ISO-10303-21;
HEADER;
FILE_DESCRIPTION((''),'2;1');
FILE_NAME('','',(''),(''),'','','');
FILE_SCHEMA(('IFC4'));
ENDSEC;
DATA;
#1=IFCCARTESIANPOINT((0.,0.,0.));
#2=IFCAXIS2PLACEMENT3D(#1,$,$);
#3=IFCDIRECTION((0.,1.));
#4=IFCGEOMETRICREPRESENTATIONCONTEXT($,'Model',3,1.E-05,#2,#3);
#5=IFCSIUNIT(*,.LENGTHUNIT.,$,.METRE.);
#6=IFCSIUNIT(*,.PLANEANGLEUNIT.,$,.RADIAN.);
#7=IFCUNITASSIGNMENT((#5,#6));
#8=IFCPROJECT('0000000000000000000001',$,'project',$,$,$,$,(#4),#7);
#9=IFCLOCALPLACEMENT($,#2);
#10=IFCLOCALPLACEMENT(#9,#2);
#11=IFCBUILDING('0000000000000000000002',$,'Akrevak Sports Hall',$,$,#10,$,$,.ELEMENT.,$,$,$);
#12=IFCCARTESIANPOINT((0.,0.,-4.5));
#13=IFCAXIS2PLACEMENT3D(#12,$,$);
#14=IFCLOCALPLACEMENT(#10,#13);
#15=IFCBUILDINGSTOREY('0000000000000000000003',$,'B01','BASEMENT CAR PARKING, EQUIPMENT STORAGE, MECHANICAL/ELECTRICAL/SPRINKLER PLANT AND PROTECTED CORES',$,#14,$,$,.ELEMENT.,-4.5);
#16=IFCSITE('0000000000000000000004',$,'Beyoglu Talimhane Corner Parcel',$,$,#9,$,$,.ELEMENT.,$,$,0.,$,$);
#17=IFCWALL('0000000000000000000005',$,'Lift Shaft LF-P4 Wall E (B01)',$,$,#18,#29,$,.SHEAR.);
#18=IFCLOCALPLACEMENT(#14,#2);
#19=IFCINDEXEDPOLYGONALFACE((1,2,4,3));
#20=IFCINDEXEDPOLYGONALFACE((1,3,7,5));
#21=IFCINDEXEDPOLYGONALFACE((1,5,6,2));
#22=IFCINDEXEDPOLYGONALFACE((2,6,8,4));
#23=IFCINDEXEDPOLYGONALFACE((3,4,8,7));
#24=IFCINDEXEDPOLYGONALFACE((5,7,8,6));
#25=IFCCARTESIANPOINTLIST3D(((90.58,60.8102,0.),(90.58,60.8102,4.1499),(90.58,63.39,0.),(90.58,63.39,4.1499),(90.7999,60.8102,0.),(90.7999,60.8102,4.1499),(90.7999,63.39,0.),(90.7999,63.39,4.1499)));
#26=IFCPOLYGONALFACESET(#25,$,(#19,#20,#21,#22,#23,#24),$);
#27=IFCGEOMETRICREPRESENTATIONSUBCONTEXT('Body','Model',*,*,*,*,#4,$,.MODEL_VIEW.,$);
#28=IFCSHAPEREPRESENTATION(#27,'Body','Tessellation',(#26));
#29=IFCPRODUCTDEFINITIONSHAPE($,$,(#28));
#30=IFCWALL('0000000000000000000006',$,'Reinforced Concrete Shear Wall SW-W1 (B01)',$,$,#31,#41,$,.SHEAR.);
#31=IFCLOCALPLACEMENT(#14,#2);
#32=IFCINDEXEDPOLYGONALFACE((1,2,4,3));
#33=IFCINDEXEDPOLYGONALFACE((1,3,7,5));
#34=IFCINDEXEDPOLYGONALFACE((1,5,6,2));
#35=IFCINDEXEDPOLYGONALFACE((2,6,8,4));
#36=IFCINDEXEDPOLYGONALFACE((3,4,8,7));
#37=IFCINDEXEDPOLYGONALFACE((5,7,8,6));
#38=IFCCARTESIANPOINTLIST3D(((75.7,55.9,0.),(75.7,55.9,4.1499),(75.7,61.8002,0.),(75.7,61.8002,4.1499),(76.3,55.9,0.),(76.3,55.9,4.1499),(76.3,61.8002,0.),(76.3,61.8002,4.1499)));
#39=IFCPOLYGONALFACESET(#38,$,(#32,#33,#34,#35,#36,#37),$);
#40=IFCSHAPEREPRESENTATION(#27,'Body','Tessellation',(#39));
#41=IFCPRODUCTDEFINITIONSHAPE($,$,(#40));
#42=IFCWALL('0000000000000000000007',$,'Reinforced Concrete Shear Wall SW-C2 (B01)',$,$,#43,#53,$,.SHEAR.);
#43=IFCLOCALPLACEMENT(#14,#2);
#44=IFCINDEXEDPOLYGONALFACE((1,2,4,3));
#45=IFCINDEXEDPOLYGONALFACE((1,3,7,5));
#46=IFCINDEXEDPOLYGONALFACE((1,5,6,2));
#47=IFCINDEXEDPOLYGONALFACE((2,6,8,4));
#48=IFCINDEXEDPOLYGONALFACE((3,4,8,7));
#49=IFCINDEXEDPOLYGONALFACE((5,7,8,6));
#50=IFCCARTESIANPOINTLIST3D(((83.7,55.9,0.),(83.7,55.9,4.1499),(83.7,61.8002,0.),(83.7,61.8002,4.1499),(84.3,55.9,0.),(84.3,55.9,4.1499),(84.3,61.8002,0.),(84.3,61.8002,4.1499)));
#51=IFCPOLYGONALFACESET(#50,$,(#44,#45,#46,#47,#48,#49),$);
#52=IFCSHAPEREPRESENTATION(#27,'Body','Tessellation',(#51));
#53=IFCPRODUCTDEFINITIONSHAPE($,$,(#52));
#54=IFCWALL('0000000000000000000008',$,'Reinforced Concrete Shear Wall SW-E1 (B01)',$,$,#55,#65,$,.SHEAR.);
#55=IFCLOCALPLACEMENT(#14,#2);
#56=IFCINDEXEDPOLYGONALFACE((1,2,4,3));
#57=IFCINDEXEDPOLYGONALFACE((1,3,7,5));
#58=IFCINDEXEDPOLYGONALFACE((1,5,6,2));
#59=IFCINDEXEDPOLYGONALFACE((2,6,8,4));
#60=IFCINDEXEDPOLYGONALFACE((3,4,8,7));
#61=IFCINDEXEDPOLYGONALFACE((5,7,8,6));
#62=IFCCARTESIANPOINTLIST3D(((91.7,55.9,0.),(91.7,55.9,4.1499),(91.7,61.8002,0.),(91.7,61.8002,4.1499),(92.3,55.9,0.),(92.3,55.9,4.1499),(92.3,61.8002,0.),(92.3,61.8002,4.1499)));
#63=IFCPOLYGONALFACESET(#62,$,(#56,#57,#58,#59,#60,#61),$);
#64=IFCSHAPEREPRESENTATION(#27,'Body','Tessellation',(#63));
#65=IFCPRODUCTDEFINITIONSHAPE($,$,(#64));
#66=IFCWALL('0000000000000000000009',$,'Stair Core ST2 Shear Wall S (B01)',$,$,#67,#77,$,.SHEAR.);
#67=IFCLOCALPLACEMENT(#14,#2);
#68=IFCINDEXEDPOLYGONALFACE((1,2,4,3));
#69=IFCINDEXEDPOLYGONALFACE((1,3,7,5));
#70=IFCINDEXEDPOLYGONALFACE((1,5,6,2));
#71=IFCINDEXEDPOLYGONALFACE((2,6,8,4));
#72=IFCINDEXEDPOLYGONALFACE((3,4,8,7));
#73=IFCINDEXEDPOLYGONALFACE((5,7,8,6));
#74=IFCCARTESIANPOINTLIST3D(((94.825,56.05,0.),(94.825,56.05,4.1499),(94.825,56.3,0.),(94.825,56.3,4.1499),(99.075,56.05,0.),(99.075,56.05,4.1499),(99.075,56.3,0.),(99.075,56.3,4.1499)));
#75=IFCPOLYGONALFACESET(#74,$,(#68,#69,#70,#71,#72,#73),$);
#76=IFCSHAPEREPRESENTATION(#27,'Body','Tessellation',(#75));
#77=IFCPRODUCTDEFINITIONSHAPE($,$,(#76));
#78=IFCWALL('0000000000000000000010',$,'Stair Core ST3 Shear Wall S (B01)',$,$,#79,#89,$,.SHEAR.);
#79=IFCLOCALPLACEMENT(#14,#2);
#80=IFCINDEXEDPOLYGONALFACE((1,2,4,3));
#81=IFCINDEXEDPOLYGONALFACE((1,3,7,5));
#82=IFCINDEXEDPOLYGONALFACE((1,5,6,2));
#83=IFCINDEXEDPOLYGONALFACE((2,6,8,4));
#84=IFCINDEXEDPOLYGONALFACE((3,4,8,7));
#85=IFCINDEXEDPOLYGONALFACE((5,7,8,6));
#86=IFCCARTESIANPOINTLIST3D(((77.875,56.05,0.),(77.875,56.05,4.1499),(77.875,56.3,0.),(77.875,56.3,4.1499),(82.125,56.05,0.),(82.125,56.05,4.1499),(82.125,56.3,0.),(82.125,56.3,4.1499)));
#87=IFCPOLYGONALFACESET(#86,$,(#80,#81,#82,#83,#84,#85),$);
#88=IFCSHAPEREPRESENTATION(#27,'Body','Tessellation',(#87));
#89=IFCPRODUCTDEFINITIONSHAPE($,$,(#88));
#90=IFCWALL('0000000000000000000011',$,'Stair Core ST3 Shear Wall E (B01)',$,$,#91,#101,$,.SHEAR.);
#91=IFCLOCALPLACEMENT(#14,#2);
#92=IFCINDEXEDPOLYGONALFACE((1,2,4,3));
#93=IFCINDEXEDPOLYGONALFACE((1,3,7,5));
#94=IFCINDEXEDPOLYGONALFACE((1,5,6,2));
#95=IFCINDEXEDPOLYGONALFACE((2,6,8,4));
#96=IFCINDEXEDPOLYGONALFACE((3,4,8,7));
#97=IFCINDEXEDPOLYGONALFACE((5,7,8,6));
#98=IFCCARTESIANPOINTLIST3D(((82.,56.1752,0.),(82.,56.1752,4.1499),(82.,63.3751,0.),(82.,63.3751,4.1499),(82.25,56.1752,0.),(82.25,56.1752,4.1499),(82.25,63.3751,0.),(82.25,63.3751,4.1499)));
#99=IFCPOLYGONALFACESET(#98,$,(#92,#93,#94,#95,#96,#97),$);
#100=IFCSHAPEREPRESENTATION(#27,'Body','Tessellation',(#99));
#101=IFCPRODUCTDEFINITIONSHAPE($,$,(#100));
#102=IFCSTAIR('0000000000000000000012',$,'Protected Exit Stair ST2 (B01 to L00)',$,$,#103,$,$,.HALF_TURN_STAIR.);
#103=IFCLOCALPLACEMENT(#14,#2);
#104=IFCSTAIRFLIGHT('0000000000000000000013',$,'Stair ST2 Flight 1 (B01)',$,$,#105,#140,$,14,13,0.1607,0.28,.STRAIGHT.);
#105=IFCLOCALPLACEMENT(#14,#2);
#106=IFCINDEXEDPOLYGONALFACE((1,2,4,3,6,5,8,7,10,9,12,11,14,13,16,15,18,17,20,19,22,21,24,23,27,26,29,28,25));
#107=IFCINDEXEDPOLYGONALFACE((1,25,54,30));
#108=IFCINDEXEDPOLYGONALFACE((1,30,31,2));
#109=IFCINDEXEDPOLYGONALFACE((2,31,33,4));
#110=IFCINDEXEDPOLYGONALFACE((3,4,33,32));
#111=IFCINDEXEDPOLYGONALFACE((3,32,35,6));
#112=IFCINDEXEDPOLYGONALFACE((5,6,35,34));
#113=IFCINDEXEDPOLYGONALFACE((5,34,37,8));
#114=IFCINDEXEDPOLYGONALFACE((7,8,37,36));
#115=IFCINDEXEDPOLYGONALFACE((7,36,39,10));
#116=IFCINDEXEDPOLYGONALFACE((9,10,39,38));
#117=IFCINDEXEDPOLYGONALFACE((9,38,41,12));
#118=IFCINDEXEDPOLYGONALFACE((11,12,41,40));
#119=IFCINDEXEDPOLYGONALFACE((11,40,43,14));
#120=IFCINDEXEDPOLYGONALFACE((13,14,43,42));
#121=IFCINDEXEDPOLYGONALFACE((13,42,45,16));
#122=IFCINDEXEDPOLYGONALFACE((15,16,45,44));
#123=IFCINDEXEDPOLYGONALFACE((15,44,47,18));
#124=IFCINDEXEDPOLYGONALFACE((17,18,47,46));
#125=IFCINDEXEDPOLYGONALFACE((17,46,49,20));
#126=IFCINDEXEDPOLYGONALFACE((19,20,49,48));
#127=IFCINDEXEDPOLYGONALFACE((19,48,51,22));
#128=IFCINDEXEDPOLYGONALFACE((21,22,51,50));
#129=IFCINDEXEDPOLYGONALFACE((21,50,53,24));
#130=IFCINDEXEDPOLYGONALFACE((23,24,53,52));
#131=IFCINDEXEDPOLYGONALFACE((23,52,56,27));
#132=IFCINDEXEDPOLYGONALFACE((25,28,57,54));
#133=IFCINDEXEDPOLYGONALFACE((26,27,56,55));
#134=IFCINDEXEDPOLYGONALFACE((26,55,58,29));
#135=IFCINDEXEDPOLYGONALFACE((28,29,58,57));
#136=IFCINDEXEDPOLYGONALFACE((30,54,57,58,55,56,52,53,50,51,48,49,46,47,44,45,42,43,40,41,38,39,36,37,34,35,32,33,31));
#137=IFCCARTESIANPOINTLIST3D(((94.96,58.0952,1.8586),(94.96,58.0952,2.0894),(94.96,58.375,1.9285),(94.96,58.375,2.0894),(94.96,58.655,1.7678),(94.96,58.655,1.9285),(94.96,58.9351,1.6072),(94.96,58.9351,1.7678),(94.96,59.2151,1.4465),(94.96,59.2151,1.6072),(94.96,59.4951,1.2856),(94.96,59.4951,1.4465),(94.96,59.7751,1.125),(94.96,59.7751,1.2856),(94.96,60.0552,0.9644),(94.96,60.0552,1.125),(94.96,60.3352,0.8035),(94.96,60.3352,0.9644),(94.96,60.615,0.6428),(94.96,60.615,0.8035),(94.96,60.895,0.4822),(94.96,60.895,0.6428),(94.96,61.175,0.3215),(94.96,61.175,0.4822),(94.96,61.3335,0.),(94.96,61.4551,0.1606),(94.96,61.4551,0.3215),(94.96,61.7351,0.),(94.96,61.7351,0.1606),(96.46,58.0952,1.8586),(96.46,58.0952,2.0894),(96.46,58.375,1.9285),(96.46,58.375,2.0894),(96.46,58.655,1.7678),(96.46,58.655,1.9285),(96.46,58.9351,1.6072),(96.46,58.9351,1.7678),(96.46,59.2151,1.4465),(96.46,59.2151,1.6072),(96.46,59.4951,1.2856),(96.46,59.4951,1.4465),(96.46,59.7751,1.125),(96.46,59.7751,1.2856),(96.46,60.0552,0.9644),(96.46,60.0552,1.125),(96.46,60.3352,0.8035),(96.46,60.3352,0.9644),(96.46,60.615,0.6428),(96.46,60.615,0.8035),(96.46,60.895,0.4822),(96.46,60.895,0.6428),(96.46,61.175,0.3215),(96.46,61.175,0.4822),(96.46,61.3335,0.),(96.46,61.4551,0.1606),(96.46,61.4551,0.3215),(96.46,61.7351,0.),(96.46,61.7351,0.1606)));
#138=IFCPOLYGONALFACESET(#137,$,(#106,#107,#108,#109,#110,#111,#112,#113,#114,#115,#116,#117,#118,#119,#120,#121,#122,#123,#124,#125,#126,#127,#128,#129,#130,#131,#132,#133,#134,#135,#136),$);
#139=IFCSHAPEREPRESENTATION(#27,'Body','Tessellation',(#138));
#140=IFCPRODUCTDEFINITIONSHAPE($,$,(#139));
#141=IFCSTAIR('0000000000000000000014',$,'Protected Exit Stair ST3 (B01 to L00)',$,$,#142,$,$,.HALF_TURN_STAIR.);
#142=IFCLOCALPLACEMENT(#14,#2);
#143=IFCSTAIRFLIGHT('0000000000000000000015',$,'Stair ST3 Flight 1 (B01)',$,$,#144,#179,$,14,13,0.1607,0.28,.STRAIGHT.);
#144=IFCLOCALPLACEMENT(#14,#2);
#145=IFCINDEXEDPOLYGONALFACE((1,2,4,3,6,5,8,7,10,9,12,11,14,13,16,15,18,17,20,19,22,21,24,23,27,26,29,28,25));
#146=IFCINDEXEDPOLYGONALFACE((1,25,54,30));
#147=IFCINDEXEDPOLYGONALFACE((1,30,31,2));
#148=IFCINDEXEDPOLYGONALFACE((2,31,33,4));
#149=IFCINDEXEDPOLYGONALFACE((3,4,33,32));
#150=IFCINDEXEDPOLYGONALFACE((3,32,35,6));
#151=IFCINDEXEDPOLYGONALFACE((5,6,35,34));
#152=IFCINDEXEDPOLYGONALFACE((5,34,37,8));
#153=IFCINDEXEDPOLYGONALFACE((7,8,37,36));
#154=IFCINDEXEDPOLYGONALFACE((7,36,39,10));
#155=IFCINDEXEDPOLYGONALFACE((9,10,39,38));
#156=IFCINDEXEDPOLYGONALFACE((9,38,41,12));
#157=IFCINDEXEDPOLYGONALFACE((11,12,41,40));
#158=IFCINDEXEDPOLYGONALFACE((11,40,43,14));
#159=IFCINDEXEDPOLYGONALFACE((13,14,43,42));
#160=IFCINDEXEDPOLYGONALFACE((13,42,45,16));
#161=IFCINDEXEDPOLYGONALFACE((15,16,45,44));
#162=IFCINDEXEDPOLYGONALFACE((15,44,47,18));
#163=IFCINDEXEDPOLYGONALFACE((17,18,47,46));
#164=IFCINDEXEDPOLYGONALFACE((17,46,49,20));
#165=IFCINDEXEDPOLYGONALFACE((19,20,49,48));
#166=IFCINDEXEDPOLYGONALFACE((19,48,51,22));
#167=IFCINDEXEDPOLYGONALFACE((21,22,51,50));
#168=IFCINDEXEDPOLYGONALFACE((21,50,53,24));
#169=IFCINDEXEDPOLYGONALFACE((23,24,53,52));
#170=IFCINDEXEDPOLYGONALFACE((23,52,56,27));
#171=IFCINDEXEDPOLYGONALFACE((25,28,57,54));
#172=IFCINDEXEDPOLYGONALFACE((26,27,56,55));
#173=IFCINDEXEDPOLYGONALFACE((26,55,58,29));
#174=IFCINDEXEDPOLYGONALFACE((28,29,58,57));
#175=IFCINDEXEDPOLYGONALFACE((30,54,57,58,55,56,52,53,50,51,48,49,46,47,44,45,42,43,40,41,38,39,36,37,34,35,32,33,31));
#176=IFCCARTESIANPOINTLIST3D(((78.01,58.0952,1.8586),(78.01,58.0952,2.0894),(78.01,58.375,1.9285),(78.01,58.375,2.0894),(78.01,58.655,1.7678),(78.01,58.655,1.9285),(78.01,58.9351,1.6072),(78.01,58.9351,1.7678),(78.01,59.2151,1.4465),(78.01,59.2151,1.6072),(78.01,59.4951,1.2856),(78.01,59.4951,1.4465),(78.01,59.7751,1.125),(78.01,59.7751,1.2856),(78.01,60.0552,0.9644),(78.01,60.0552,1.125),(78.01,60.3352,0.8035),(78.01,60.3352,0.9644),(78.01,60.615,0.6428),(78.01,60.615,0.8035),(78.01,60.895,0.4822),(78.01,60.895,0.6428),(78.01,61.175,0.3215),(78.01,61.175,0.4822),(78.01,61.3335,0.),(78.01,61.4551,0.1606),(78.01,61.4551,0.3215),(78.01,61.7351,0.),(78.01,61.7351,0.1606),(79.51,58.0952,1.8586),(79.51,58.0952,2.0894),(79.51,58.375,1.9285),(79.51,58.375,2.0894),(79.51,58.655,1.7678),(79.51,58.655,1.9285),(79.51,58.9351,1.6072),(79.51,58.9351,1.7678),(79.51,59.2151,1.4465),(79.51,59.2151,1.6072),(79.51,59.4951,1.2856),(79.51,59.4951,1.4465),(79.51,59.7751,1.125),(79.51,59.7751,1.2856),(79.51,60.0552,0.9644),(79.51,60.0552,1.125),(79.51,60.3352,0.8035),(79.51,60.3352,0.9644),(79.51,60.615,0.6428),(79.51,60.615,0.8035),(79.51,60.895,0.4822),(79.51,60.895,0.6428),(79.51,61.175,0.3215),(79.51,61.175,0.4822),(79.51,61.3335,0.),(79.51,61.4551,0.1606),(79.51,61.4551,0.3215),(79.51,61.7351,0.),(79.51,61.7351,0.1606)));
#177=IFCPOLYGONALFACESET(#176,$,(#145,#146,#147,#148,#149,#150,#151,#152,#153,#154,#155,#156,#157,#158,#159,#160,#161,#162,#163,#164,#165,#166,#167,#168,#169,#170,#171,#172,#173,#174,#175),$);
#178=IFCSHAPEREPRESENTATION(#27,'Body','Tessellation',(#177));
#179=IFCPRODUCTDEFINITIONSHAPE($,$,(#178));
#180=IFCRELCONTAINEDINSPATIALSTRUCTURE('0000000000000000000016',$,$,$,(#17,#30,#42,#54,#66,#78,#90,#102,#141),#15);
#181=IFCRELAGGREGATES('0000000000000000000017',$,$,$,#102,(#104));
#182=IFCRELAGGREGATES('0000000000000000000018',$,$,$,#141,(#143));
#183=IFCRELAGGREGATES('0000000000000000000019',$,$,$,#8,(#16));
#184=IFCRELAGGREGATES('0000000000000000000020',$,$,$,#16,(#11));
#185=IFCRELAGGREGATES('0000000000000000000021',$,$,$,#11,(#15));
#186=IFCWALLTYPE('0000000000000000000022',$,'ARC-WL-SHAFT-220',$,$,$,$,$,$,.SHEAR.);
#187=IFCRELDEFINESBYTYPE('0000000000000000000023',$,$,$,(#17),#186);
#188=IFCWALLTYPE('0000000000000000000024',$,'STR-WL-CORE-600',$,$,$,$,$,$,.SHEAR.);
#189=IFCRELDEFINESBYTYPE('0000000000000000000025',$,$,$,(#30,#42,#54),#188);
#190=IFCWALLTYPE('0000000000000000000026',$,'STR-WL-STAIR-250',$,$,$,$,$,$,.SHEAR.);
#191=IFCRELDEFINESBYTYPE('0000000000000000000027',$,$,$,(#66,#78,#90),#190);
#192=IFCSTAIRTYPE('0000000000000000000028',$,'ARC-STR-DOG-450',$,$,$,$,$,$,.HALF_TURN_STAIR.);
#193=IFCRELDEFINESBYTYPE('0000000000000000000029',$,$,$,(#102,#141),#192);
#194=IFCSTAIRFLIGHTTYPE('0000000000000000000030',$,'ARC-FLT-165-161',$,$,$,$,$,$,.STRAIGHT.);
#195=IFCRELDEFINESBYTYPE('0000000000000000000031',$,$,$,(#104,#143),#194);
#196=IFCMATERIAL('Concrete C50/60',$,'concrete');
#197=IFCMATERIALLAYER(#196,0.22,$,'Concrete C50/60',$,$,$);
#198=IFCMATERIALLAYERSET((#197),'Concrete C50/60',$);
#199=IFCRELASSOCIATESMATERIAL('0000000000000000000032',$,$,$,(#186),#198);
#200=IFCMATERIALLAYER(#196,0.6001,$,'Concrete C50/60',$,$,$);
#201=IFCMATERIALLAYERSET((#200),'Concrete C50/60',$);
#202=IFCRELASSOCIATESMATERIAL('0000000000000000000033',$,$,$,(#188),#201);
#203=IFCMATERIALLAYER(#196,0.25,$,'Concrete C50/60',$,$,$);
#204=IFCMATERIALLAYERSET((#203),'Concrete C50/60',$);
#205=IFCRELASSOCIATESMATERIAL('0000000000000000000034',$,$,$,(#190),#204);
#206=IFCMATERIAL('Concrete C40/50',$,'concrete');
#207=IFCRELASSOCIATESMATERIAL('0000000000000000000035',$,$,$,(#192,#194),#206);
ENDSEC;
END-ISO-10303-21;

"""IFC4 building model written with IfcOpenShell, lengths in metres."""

from ifc_helpers import new_model, si_unit, direction, frame, frame_2d, origin, place, context, subcontext, project, spatial, polyline, rectangle, outline, extrude, material, layer, layer_set, type_object, element, aggregate, save


model = new_model("IFC4")

# Units and contexts
model_context = context("Model", 3, precision=1e-05, world=origin(), true_north=direction((0.0, 1.0)))
body_context = subcontext(model_context, "Body", "Model", "MODEL_VIEW")
ifc_project = project(units=[si_unit("LENGTHUNIT", "METRE"), si_unit("PLANEANGLEUNIT", "RADIAN")], contexts=[model_context])

# Site, building, storey
site_placement = place(None, origin())
site = spatial("IfcSite", under=ifc_project, at=site_placement, Name="Beyoglu Talimhane Corner Parcel", CompositionType="ELEMENT", RefElevation=0.0)
building_placement = place(site_placement, origin())
building = spatial("IfcBuilding", under=site, at=building_placement, Name="Akrevak Sports Hall", CompositionType="ELEMENT")
storey_placement = place(building_placement, frame((0.0, 0.0, -4.5)))
storey = spatial("IfcBuildingStorey", under=building, at=storey_placement, Name="B01", Description="BASEMENT CAR PARKING, EQUIPMENT STORAGE, MECHANICAL/ELECTRICAL/SPRINKLER PLANT AND PROTECTED CORES", CompositionType="ELEMENT", Elevation=-4.5)

# Shared definitions
ifc_material_1 = material(Name="Concrete C50/60", Category="concrete")

# Shared definitions
ifc_material_2 = material(Name="Concrete C40/50", Category="concrete")

# Walls
ifc_layer_1 = layer(ifc_material_1, 0.22, Name="Concrete C50/60")
ifc_layer_set_1 = layer_set([ifc_layer_1], Name="Concrete C50/60")
wall_type_1 = type_object("IfcWallType", Name="ARC-WL-SHAFT-220", PredefinedType="SHEAR", material=ifc_layer_set_1)
wall_1_placement = place(storey_placement, frame((90.6899, 60.8101, 0.0), z_axis=(0.0, 0.0, 1.0), x_axis=(0.0, 1.0, 0.0)))
element("IfcWall", 1, at=wall_1_placement, inside=storey, type_object=wall_type_1, Name="Lift Shaft LF-P4 Wall E (B01)", PredefinedType="SHEAR", context=body_context, shape_type="SweptSolid", body=[
    extrude(rectangle(XDim=2.5798, YDim=0.22, at=frame_2d((1.29, 0.0))), origin(), (0.0, 0.0, 1.0), 4.1499),
])
ifc_layer_2 = layer(ifc_material_1, 0.6001, Name="Concrete C50/60")
ifc_layer_set_2 = layer_set([ifc_layer_2], Name="Concrete C50/60")
wall_type_2 = type_object("IfcWallType", Name="STR-WL-CORE-600", PredefinedType="SHEAR", material=ifc_layer_set_2)
for number, where, z_axis, x_axis, name in (
    (2, (76.0, 55.8999, 0.0), (0.0, 0.0, 1.0), (0.0, 1.0, 0.0), "Reinforced Concrete Shear Wall SW-W1 (B01)"),
    (3, (84.0, 55.8999, 0.0), (0.0, 0.0, 1.0), (0.0, 1.0, 0.0), "Reinforced Concrete Shear Wall SW-C2 (B01)"),
    (4, (92.0, 55.8999, 0.0), (0.0, 0.0, 1.0), (0.0, 1.0, 0.0), "Reinforced Concrete Shear Wall SW-E1 (B01)"),
):
    element("IfcWall", number, at=place(storey_placement, frame(where, z_axis=z_axis, x_axis=x_axis)), inside=storey, type_object=wall_type_2, Name=name, PredefinedType="SHEAR", context=body_context, shape_type="SweptSolid", body=[
        extrude(rectangle(XDim=5.9001, YDim=0.6001, at=frame_2d((2.9502, 0.0))), origin(), (0.0, 0.0, 1.0), 4.1499),
    ])
ifc_layer_3 = layer(ifc_material_1, 0.25, Name="Concrete C50/60")
ifc_layer_set_3 = layer_set([ifc_layer_3], Name="Concrete C50/60")
wall_type_3 = type_object("IfcWallType", Name="STR-WL-STAIR-250", PredefinedType="SHEAR", material=ifc_layer_set_3)
for number, where, z_axis, x_axis, name in (
    (5, (94.825, 56.175, 0.0), (0.0, 0.0, 1.0), (1.0, 0.0, 0.0), "Stair Core ST2 Shear Wall S (B01)"),
    (6, (77.875, 56.175, 0.0), (0.0, 0.0, 1.0), (1.0, 0.0, 0.0), "Stair Core ST3 Shear Wall S (B01)"),
):
    element("IfcWall", number, at=place(storey_placement, frame(where, z_axis=z_axis, x_axis=x_axis)), inside=storey, type_object=wall_type_3, Name=name, PredefinedType="SHEAR", context=body_context, shape_type="SweptSolid", body=[
        extrude(rectangle(XDim=4.25, YDim=0.25, at=frame_2d((2.125, 0.0))), origin(), (0.0, 0.0, 1.0), 4.1499),
    ])
wall_2_placement = place(storey_placement, frame((82.125, 56.175, 0.0), z_axis=(0.0, 0.0, 1.0), x_axis=(0.0, 1.0, 0.0)))
element("IfcWall", 7, at=wall_2_placement, inside=storey, type_object=wall_type_3, Name="Stair Core ST3 Shear Wall E (B01)", PredefinedType="SHEAR", context=body_context, shape_type="SweptSolid", body=[
    extrude(rectangle(XDim=7.2, YDim=0.25, at=frame_2d((3.6001, 0.0))), origin(), (0.0, 0.0, 1.0), 4.1499),
])

# Stair, stair flight
stair_type = type_object("IfcStairType", Name="ARC-STR-DOG-450", PredefinedType="HALF_TURN_STAIR", material=ifc_material_2)
stair_1_placement = place(storey_placement, origin())
stair_1 = element("IfcStair", 8, at=stair_1_placement, inside=storey, type_object=stair_type, Name="Protected Exit Stair ST2 (B01 to L00)", PredefinedType="HALF_TURN_STAIR")
stair_flight_type = type_object("IfcStairFlightType", Name="ARC-FLT-165-161", PredefinedType="STRAIGHT", material=ifc_material_2)
stair_flight_1_placement = place(storey_placement, frame((95.71, 61.7351, 0.0), z_axis=(0.0, 0.0, 1.0), x_axis=(0.0, -1.0, 0.0)))
stair_flight_1 = element("IfcStairFlight", 9, at=stair_flight_1_placement, type_object=stair_flight_type, Name="Stair ST2 Flight 1 (B01)", NumberOfRisers=14, NumberOfTreads=13, PredefinedType="STRAIGHT", RiserHeight=0.1607, TreadLength=0.28, context=body_context, shape_type="SweptSolid", body=[
    extrude(outline(polyline([(0.0, 0.0), (0.0, 0.1606), (0.28, 0.1606), (0.28, 0.3215), (0.5601, 0.3215), (0.5601, 0.4822), (0.8401, 0.4822), (0.8401, 0.6428), (1.1201, 0.6428), (1.1201, 0.8035), (1.3999, 0.8035), (1.3999, 0.9644), (1.6799, 0.9644), (1.6799, 1.125), (1.96, 1.125), (1.96, 1.2856), (2.24, 1.2856), (2.24, 1.4465), (2.52, 1.4465), (2.52, 1.6072), (2.8, 1.6072), (2.8, 1.7678), (3.0801, 1.7678), (3.0801, 1.9285), (3.3601, 1.9285), (3.3601, 2.0894), (3.6399, 2.0894), (3.6399, 2.25), (3.6399, 1.8586), (0.4016, 0.0), (0.0, 0.0)])), frame((0.0, 0.75, 0.0), z_axis=(0.0, -1.0, 0.0), x_axis=(1.0, 0.0, 0.0)), (0.0, 0.0, 1.0), 1.5),
])
aggregate(stair_1, [stair_flight_1])

# Stair, stair flight
stair_2_placement = place(storey_placement, origin())
stair_2 = element("IfcStair", 10, at=stair_2_placement, inside=storey, type_object=stair_type, Name="Protected Exit Stair ST3 (B01 to L00)", PredefinedType="HALF_TURN_STAIR")
stair_flight_2_placement = place(storey_placement, frame((78.76, 61.7351, 0.0), z_axis=(0.0, 0.0, 1.0), x_axis=(0.0, -1.0, 0.0)))
stair_flight_2 = element("IfcStairFlight", 11, at=stair_flight_2_placement, type_object=stair_flight_type, Name="Stair ST3 Flight 1 (B01)", NumberOfRisers=14, NumberOfTreads=13, PredefinedType="STRAIGHT", RiserHeight=0.1607, TreadLength=0.28, context=body_context, shape_type="SweptSolid", body=[
    extrude(outline(polyline([(0.0, 0.0), (0.0, 0.1606), (0.28, 0.1606), (0.28, 0.3215), (0.5601, 0.3215), (0.5601, 0.4822), (0.8401, 0.4822), (0.8401, 0.6428), (1.1201, 0.6428), (1.1201, 0.8035), (1.3999, 0.8035), (1.3999, 0.9644), (1.6799, 0.9644), (1.6799, 1.125), (1.96, 1.125), (1.96, 1.2856), (2.24, 1.2856), (2.24, 1.4465), (2.52, 1.4465), (2.52, 1.6072), (2.8, 1.6072), (2.8, 1.7678), (3.0801, 1.7678), (3.0801, 1.9285), (3.3601, 1.9285), (3.3601, 2.0894), (3.6399, 2.0894), (3.6399, 2.25), (3.6399, 1.8586), (0.4016, 0.0), (0.0, 0.0)])), frame((0.0, 0.75, 0.0), z_axis=(0.0, -1.0, 0.0), x_axis=(1.0, 0.0, 0.0)), (0.0, 0.0, 1.0), 1.5),
])
aggregate(stair_2, [stair_flight_2])

save(model, "model.ifc")
